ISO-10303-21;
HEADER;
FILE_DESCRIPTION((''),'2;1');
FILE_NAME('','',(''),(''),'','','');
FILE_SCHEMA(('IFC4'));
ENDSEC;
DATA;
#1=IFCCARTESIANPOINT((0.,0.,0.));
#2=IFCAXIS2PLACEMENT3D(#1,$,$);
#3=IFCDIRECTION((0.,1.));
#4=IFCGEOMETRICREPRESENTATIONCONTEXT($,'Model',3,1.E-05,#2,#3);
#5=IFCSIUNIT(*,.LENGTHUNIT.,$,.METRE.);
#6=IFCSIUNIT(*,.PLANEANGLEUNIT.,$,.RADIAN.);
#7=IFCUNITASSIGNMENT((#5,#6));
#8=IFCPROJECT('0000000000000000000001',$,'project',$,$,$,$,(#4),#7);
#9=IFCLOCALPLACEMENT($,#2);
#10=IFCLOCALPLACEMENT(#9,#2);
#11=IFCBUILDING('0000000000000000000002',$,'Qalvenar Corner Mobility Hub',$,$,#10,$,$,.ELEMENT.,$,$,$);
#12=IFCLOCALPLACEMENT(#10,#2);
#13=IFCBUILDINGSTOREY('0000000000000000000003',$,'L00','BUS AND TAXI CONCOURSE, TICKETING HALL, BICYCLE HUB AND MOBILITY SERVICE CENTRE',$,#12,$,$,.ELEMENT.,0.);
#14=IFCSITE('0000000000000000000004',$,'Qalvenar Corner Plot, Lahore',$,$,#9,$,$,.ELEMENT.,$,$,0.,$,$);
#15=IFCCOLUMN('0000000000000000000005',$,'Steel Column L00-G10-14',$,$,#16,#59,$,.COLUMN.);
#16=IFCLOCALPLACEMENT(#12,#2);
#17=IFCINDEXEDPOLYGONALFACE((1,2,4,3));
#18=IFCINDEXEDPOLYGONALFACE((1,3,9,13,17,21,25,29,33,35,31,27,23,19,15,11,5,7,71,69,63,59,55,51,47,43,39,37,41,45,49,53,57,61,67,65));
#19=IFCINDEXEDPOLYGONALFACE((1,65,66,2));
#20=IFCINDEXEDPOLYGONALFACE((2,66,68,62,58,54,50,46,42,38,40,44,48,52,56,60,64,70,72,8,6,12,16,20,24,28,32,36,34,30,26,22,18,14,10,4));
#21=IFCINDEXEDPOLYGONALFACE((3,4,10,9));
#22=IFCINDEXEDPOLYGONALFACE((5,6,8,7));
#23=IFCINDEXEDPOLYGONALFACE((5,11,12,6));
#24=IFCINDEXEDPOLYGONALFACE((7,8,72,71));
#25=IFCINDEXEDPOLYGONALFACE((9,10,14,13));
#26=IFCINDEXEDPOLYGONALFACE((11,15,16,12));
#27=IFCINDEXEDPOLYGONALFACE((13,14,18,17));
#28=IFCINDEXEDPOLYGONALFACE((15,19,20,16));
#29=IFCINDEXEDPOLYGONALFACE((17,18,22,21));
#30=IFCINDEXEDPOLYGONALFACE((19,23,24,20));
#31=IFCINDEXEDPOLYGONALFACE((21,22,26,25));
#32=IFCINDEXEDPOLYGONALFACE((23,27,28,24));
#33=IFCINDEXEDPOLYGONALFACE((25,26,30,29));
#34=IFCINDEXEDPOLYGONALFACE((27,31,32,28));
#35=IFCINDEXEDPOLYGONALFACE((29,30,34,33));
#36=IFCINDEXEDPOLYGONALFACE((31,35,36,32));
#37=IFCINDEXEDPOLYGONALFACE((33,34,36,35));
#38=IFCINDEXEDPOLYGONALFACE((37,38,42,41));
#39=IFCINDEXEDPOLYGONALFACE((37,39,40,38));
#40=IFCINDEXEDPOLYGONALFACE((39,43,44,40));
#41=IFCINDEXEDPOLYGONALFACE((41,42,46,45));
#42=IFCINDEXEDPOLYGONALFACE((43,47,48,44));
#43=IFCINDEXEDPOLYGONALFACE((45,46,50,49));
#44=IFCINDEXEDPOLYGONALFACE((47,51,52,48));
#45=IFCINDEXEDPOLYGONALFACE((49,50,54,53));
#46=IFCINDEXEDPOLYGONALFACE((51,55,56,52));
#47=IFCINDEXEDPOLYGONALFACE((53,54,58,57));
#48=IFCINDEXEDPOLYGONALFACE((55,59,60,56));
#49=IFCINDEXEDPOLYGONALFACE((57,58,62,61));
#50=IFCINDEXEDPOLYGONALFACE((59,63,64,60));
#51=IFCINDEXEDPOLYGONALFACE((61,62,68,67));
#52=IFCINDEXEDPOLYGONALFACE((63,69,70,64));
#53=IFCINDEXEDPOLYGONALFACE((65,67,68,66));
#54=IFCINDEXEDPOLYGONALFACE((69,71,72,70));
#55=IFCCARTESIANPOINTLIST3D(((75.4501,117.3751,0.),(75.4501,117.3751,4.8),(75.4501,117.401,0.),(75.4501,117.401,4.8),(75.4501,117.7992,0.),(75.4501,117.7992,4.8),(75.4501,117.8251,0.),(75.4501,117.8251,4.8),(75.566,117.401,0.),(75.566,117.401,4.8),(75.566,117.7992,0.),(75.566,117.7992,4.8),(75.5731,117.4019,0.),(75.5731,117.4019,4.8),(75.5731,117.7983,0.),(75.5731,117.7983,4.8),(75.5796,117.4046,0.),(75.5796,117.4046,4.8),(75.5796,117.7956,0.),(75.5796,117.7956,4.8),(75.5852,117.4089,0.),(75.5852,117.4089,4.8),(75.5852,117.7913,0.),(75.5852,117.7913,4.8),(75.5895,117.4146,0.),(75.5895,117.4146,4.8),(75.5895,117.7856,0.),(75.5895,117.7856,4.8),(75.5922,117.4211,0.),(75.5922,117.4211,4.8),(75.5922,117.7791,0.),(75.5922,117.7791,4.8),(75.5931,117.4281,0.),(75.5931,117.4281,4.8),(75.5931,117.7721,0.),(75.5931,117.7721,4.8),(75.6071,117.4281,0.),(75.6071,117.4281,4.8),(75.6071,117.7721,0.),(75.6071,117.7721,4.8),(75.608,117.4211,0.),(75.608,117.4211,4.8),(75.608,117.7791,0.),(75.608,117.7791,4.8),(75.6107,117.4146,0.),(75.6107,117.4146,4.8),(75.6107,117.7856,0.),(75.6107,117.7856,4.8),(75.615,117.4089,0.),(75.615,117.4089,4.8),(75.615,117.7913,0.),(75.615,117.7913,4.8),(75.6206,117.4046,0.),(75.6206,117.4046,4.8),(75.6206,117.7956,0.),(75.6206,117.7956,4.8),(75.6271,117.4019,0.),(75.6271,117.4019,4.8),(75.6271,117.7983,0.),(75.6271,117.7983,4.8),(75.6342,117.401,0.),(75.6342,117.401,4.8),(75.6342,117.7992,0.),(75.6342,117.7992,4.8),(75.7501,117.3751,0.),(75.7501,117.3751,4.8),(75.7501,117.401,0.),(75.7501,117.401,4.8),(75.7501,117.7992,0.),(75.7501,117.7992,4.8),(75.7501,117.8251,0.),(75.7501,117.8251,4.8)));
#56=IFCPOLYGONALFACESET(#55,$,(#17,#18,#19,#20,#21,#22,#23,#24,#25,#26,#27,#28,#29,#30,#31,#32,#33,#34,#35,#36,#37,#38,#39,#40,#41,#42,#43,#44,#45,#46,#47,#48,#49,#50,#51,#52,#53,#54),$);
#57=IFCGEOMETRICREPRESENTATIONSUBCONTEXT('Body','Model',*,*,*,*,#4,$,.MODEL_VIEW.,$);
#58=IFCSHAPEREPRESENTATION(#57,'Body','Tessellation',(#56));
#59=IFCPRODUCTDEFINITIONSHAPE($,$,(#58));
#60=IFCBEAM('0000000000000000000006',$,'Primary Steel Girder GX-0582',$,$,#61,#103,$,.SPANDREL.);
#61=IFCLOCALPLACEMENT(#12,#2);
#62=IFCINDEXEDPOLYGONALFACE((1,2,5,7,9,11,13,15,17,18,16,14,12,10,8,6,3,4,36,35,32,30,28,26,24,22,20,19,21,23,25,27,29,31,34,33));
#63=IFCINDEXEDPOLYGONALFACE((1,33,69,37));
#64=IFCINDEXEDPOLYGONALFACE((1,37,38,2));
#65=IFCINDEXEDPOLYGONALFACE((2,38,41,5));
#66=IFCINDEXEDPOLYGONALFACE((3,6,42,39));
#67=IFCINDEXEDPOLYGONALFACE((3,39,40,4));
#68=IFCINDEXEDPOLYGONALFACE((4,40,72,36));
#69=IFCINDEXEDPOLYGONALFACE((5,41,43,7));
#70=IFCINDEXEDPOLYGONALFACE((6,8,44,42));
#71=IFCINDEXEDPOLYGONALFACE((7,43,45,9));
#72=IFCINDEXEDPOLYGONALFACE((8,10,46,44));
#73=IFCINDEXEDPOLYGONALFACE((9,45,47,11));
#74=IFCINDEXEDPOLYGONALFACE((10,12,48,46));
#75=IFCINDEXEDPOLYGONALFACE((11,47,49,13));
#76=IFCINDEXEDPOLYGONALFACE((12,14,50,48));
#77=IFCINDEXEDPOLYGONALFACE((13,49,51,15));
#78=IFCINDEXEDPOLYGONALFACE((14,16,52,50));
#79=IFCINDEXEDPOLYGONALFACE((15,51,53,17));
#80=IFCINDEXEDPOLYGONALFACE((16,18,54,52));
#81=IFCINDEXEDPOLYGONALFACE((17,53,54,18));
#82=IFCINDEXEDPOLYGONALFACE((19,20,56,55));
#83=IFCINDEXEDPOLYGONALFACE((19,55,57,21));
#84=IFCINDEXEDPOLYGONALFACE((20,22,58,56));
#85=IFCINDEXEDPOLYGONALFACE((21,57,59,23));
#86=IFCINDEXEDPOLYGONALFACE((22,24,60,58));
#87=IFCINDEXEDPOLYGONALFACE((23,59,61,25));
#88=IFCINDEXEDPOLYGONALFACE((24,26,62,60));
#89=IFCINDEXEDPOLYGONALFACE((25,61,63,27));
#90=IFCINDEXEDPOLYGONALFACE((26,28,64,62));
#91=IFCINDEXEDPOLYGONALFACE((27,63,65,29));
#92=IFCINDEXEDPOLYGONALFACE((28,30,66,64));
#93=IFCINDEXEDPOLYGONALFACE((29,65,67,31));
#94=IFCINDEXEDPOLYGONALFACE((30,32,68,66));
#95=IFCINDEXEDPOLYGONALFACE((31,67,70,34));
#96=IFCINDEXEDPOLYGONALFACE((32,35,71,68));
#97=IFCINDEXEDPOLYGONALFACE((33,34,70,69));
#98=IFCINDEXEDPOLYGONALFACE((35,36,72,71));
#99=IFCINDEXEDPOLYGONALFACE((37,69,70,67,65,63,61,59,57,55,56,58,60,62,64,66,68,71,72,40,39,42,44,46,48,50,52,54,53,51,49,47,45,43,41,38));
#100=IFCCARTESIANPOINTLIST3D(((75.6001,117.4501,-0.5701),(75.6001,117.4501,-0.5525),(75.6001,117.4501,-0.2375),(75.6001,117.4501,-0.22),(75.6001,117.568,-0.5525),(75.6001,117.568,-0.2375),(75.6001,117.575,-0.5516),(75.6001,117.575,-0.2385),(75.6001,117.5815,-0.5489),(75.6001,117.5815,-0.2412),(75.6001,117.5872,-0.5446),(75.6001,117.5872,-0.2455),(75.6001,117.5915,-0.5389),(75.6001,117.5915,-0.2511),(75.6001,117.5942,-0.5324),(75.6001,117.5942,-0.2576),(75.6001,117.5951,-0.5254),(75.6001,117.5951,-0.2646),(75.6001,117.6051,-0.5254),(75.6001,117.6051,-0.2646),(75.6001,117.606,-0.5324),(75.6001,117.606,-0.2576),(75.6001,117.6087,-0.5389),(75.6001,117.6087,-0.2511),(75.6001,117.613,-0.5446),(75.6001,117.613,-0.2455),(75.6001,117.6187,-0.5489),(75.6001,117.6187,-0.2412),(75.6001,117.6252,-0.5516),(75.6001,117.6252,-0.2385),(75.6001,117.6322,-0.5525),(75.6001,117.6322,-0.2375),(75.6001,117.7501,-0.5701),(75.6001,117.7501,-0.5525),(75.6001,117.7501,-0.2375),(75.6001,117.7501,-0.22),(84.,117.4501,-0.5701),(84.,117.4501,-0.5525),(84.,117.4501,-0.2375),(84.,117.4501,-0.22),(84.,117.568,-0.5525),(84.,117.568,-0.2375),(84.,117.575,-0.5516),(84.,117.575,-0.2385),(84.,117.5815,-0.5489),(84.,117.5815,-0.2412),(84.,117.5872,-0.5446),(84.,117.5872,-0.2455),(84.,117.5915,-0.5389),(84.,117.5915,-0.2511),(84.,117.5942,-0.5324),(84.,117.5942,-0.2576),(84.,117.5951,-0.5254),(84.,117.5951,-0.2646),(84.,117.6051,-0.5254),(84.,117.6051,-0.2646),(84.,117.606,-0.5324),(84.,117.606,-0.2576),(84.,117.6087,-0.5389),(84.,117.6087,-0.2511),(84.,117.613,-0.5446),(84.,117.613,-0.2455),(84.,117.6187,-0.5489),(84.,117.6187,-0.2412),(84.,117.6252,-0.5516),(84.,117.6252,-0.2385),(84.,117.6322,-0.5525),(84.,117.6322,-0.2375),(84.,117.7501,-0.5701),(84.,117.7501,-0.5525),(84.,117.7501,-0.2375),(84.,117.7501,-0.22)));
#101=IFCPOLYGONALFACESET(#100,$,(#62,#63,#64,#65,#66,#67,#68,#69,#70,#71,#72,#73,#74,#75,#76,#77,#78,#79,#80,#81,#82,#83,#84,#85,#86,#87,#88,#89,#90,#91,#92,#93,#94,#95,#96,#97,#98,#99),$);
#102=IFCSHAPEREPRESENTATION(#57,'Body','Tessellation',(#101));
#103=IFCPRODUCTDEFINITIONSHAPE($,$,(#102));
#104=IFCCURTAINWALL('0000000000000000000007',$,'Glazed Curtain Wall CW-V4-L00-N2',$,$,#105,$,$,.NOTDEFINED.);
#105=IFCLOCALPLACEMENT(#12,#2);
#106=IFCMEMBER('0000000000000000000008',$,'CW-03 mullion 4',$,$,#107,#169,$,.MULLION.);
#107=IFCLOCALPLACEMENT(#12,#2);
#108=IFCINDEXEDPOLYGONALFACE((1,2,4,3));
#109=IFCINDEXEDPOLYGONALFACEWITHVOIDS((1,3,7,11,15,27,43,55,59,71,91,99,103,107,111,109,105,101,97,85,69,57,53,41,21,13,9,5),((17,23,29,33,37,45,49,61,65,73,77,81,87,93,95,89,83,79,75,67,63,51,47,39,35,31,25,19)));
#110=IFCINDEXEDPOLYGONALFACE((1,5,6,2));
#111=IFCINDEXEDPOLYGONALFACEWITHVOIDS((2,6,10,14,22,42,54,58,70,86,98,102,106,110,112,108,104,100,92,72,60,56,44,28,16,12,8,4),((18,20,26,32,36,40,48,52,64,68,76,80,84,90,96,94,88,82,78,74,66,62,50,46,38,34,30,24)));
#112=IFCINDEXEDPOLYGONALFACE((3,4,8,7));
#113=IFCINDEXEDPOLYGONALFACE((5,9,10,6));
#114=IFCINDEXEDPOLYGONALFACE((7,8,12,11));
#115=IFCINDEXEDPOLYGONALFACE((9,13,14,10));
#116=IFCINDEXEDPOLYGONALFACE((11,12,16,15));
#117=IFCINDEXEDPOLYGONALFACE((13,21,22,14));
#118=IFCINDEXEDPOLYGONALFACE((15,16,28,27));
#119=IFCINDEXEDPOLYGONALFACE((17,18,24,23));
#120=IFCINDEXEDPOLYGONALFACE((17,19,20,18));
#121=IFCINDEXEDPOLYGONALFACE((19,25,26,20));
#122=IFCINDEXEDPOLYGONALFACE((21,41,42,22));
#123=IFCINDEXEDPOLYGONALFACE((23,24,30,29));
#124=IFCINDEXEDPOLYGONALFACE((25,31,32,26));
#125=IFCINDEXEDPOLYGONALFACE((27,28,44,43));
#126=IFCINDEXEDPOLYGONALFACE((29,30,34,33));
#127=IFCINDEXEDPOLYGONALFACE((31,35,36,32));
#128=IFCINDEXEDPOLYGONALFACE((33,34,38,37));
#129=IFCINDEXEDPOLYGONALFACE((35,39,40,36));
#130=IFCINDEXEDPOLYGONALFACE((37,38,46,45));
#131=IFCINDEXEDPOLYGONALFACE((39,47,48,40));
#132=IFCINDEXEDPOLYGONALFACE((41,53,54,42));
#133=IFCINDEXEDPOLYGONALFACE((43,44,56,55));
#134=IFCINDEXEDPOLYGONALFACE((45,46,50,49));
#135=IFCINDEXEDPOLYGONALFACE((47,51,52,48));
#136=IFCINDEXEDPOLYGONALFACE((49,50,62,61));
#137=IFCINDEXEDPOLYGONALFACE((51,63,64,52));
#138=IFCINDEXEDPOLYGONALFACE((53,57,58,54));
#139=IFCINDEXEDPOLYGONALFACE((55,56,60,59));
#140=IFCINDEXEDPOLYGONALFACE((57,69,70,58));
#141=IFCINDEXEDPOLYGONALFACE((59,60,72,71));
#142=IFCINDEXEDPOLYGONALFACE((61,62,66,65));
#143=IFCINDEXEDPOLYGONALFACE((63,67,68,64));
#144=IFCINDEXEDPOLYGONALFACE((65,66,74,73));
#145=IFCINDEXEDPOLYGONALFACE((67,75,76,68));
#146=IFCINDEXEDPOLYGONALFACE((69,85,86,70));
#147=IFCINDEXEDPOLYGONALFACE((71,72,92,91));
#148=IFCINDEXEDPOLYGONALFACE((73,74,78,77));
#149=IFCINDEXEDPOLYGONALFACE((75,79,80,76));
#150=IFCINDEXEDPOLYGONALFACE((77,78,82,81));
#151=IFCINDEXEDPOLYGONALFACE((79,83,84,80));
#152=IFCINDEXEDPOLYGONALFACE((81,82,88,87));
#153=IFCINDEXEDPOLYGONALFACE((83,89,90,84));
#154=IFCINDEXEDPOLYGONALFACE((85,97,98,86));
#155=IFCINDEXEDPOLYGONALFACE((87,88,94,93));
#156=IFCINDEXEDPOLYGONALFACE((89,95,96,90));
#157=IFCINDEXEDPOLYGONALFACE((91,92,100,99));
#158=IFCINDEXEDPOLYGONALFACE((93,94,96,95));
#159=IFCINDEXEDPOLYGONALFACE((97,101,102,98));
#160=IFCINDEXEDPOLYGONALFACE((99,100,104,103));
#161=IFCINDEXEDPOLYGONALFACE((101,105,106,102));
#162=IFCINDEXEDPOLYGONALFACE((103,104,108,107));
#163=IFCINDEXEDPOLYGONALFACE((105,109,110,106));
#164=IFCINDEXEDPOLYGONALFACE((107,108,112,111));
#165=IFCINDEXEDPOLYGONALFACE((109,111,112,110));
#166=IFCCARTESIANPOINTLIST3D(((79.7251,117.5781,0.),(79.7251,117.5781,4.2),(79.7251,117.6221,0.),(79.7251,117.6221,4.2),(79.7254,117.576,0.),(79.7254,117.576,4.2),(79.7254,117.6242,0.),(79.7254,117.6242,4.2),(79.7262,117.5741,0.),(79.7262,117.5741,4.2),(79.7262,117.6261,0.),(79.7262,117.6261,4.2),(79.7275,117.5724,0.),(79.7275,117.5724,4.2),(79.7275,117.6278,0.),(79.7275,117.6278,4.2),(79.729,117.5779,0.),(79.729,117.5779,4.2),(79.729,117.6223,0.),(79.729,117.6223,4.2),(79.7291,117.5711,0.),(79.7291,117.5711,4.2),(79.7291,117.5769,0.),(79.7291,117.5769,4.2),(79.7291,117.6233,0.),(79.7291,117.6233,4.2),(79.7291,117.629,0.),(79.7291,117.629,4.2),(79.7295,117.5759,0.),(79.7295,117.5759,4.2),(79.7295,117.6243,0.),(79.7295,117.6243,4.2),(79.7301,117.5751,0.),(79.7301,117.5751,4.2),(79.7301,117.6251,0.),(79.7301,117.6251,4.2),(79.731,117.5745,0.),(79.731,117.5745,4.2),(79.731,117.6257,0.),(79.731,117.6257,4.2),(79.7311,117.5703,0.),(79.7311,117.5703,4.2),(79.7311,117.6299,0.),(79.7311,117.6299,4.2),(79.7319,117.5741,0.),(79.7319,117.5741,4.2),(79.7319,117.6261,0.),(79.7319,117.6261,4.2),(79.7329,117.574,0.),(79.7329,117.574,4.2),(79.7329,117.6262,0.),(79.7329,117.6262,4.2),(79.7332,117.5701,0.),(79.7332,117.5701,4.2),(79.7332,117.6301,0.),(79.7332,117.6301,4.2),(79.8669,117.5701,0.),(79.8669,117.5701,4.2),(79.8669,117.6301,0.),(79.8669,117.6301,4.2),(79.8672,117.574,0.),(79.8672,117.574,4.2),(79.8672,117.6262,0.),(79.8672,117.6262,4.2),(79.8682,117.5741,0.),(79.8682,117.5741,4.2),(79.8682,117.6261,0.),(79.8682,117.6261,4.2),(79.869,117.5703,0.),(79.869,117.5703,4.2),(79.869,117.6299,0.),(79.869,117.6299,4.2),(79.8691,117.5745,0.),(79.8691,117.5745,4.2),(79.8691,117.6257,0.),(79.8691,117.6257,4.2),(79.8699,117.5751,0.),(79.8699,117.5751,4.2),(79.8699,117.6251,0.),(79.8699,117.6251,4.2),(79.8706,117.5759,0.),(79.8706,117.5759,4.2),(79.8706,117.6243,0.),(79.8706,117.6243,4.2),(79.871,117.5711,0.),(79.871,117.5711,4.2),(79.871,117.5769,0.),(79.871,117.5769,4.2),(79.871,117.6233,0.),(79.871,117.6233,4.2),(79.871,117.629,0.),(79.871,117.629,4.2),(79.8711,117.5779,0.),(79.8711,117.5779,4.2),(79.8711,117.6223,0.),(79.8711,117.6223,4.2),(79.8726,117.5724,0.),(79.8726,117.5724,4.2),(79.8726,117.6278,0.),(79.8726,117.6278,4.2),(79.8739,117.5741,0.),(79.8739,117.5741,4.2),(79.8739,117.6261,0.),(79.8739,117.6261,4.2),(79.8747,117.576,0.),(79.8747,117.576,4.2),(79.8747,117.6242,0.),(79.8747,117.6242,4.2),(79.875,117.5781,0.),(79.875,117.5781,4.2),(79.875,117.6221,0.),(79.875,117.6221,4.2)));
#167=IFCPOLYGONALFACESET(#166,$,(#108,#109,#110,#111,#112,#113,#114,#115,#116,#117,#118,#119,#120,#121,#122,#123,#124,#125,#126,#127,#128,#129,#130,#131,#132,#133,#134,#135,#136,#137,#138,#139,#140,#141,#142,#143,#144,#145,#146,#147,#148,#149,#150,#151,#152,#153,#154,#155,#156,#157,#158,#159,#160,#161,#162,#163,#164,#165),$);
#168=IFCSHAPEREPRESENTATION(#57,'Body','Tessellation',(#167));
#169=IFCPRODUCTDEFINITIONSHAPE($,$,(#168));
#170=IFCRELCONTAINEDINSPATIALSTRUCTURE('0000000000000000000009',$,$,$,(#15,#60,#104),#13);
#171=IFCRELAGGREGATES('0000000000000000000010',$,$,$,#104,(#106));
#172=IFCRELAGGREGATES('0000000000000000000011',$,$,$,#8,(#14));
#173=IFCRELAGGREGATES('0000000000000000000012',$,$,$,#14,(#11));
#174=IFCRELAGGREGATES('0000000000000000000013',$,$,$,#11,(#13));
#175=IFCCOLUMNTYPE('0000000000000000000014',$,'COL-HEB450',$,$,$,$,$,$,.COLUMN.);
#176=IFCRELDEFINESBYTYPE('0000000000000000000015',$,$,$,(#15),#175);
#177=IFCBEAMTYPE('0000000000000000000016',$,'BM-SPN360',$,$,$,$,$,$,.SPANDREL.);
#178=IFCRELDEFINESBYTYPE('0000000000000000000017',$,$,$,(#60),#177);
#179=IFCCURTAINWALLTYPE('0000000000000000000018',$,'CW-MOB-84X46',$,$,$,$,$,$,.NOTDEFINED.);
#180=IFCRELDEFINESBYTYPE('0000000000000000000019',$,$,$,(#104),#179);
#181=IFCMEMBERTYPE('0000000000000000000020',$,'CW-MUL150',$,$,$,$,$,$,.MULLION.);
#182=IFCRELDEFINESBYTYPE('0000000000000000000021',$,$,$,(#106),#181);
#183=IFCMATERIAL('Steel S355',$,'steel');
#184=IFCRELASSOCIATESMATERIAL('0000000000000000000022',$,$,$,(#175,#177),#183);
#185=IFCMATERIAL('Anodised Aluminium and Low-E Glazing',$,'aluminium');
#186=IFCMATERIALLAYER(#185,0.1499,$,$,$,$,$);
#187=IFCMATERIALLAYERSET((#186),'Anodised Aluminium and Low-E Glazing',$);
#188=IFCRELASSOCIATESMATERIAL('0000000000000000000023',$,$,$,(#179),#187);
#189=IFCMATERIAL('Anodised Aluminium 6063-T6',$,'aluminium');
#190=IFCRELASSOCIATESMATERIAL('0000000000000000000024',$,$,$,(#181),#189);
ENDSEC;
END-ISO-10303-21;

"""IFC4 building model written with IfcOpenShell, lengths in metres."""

from ifc_helpers import new_model, si_unit, direction, frame, origin, origin_2d, place, context, subcontext, project, spatial, hollow_rectangle, i_section, extrude, material, layer, layer_set, material_profile, profile_set, type_object, element, aggregate, save


model = new_model("IFC4")

# Units and contexts
model_context = context("Model", 3, precision=1e-05, world=origin(), true_north=direction((0.0, 1.0)))
body_context = subcontext(model_context, "Body", "Model", "MODEL_VIEW")
ifc_project = project(units=[si_unit("LENGTHUNIT", "METRE"), si_unit("PLANEANGLEUNIT", "RADIAN")], contexts=[model_context])

# Site, building, storey
site_placement = place(None, origin())
site = spatial("IfcSite", under=ifc_project, at=site_placement, Name="Qalvenar Corner Plot, Lahore", CompositionType="ELEMENT", RefElevation=0.0)
building_placement = place(site_placement, origin())
building = spatial("IfcBuilding", under=site, at=building_placement, Name="Qalvenar Corner Mobility Hub", CompositionType="ELEMENT")
storey_placement = place(building_placement, origin())
storey = spatial("IfcBuildingStorey", under=building, at=storey_placement, Name="L00", Description="BUS AND TAXI CONCOURSE, TICKETING HALL, BICYCLE HUB AND MOBILITY SERVICE CENTRE", CompositionType="ELEMENT", Elevation=0.0)

# Column
ifc_material_1 = material(Name="Steel S355", Category="steel")
ifc_material_profile_1 = material_profile(ifc_material_1, i_section(OverallWidth=0.3, OverallDepth=0.45, WebThickness=0.0139, FlangeThickness=0.0259, FilletRadius=0.0271, at=origin_2d()), Name="HEB450")
ifc_profile_set_1 = profile_set([ifc_material_profile_1], Name="Steel S355")
column_type = type_object("IfcColumnType", Name="COL-HEB450", PredefinedType="COLUMN", material=ifc_profile_set_1)
column_placement = place(storey_placement, frame((75.6001, 117.6001, 0.0), z_axis=(0.0, 0.0, 1.0), x_axis=(1.0, 0.0, 0.0)))
element("IfcColumn", 1, at=column_placement, inside=storey, type_object=column_type, Name="Steel Column L00-G10-14", PredefinedType="COLUMN", context=body_context, shape_type="SweptSolid", body=[
    extrude(i_section(OverallWidth=0.3, OverallDepth=0.45, WebThickness=0.0139, FlangeThickness=0.0259, FilletRadius=0.0271, at=origin_2d()), origin(), (0.0, 0.0, 1.0), 4.8),
])

# Beam
ifc_material_profile_2 = material_profile(ifc_material_1, i_section(OverallWidth=0.3, OverallDepth=0.3501, WebThickness=0.01, FlangeThickness=0.0176, FilletRadius=0.0271, at=origin_2d()), Name="HEA360")
ifc_profile_set_2 = profile_set([ifc_material_profile_2], Name="Steel S355")
beam_type = type_object("IfcBeamType", Name="BM-SPN360", PredefinedType="SPANDREL", material=ifc_profile_set_2)
beam_placement = place(storey_placement, frame((75.6001, 117.6001, -0.395), z_axis=(1.0, 0.0, 0.0), x_axis=(0.0, 1.0, 0.0)))
element("IfcBeam", 2, at=beam_placement, inside=storey, type_object=beam_type, Name="Primary Steel Girder GX-0582", PredefinedType="SPANDREL", context=body_context, shape_type="SweptSolid", body=[
    extrude(i_section(OverallWidth=0.3, OverallDepth=0.3501, WebThickness=0.01, FlangeThickness=0.0176, FilletRadius=0.0271, at=origin_2d()), origin(), (0.0, 0.0, 1.0), 8.3999),
])

# Curtain wall, member
ifc_material_2 = material(Name="Anodised Aluminium and Low-E Glazing", Category="aluminium")
ifc_layer_1 = layer(ifc_material_2, 0.1499)
ifc_layer_set_1 = layer_set([ifc_layer_1], Name="Anodised Aluminium and Low-E Glazing")
curtain_wall_type = type_object("IfcCurtainWallType", Name="CW-MOB-84X46", PredefinedType="NOTDEFINED", material=ifc_layer_set_1)
curtain_wall_placement = place(storey_placement, origin())
curtain_wall = element("IfcCurtainWall", 3, at=curtain_wall_placement, inside=storey, type_object=curtain_wall_type, Name="Glazed Curtain Wall CW-V4-L00-N2", PredefinedType="NOTDEFINED")
ifc_material_3 = material(Name="Anodised Aluminium 6063-T6", Category="aluminium")
ifc_material_profile_3 = material_profile(ifc_material_3, hollow_rectangle(XDim=0.0601, YDim=0.1499, WallThickness=0.0039, InnerFilletRadius=0.0039, OuterFilletRadius=0.0081, at=origin_2d()), Name="RHS150x60x4")
ifc_profile_set_3 = profile_set([ifc_material_profile_3], Name="Anodised Aluminium 6063-T6")
member_type_1 = type_object("IfcMemberType", Name="CW-MUL150", PredefinedType="MULLION", material=ifc_profile_set_3)
member_1_placement = place(storey_placement, frame((79.8, 117.6001, 0.0), z_axis=(0.0, 0.0, 1.0), x_axis=(0.0, -1.0, 0.0)))
member_1 = element("IfcMember", 4, at=member_1_placement, type_object=member_type_1, Name="CW-03 mullion 4", PredefinedType="MULLION", context=body_context, shape_type="SweptSolid", body=[
    extrude(hollow_rectangle(XDim=0.0601, YDim=0.1499, WallThickness=0.0039, InnerFilletRadius=0.0039, OuterFilletRadius=0.0081, at=origin_2d()), origin(), (0.0, 0.0, 1.0), 4.2),
])
aggregate(curtain_wall, [member_1])

save(model, "model.ifc")
